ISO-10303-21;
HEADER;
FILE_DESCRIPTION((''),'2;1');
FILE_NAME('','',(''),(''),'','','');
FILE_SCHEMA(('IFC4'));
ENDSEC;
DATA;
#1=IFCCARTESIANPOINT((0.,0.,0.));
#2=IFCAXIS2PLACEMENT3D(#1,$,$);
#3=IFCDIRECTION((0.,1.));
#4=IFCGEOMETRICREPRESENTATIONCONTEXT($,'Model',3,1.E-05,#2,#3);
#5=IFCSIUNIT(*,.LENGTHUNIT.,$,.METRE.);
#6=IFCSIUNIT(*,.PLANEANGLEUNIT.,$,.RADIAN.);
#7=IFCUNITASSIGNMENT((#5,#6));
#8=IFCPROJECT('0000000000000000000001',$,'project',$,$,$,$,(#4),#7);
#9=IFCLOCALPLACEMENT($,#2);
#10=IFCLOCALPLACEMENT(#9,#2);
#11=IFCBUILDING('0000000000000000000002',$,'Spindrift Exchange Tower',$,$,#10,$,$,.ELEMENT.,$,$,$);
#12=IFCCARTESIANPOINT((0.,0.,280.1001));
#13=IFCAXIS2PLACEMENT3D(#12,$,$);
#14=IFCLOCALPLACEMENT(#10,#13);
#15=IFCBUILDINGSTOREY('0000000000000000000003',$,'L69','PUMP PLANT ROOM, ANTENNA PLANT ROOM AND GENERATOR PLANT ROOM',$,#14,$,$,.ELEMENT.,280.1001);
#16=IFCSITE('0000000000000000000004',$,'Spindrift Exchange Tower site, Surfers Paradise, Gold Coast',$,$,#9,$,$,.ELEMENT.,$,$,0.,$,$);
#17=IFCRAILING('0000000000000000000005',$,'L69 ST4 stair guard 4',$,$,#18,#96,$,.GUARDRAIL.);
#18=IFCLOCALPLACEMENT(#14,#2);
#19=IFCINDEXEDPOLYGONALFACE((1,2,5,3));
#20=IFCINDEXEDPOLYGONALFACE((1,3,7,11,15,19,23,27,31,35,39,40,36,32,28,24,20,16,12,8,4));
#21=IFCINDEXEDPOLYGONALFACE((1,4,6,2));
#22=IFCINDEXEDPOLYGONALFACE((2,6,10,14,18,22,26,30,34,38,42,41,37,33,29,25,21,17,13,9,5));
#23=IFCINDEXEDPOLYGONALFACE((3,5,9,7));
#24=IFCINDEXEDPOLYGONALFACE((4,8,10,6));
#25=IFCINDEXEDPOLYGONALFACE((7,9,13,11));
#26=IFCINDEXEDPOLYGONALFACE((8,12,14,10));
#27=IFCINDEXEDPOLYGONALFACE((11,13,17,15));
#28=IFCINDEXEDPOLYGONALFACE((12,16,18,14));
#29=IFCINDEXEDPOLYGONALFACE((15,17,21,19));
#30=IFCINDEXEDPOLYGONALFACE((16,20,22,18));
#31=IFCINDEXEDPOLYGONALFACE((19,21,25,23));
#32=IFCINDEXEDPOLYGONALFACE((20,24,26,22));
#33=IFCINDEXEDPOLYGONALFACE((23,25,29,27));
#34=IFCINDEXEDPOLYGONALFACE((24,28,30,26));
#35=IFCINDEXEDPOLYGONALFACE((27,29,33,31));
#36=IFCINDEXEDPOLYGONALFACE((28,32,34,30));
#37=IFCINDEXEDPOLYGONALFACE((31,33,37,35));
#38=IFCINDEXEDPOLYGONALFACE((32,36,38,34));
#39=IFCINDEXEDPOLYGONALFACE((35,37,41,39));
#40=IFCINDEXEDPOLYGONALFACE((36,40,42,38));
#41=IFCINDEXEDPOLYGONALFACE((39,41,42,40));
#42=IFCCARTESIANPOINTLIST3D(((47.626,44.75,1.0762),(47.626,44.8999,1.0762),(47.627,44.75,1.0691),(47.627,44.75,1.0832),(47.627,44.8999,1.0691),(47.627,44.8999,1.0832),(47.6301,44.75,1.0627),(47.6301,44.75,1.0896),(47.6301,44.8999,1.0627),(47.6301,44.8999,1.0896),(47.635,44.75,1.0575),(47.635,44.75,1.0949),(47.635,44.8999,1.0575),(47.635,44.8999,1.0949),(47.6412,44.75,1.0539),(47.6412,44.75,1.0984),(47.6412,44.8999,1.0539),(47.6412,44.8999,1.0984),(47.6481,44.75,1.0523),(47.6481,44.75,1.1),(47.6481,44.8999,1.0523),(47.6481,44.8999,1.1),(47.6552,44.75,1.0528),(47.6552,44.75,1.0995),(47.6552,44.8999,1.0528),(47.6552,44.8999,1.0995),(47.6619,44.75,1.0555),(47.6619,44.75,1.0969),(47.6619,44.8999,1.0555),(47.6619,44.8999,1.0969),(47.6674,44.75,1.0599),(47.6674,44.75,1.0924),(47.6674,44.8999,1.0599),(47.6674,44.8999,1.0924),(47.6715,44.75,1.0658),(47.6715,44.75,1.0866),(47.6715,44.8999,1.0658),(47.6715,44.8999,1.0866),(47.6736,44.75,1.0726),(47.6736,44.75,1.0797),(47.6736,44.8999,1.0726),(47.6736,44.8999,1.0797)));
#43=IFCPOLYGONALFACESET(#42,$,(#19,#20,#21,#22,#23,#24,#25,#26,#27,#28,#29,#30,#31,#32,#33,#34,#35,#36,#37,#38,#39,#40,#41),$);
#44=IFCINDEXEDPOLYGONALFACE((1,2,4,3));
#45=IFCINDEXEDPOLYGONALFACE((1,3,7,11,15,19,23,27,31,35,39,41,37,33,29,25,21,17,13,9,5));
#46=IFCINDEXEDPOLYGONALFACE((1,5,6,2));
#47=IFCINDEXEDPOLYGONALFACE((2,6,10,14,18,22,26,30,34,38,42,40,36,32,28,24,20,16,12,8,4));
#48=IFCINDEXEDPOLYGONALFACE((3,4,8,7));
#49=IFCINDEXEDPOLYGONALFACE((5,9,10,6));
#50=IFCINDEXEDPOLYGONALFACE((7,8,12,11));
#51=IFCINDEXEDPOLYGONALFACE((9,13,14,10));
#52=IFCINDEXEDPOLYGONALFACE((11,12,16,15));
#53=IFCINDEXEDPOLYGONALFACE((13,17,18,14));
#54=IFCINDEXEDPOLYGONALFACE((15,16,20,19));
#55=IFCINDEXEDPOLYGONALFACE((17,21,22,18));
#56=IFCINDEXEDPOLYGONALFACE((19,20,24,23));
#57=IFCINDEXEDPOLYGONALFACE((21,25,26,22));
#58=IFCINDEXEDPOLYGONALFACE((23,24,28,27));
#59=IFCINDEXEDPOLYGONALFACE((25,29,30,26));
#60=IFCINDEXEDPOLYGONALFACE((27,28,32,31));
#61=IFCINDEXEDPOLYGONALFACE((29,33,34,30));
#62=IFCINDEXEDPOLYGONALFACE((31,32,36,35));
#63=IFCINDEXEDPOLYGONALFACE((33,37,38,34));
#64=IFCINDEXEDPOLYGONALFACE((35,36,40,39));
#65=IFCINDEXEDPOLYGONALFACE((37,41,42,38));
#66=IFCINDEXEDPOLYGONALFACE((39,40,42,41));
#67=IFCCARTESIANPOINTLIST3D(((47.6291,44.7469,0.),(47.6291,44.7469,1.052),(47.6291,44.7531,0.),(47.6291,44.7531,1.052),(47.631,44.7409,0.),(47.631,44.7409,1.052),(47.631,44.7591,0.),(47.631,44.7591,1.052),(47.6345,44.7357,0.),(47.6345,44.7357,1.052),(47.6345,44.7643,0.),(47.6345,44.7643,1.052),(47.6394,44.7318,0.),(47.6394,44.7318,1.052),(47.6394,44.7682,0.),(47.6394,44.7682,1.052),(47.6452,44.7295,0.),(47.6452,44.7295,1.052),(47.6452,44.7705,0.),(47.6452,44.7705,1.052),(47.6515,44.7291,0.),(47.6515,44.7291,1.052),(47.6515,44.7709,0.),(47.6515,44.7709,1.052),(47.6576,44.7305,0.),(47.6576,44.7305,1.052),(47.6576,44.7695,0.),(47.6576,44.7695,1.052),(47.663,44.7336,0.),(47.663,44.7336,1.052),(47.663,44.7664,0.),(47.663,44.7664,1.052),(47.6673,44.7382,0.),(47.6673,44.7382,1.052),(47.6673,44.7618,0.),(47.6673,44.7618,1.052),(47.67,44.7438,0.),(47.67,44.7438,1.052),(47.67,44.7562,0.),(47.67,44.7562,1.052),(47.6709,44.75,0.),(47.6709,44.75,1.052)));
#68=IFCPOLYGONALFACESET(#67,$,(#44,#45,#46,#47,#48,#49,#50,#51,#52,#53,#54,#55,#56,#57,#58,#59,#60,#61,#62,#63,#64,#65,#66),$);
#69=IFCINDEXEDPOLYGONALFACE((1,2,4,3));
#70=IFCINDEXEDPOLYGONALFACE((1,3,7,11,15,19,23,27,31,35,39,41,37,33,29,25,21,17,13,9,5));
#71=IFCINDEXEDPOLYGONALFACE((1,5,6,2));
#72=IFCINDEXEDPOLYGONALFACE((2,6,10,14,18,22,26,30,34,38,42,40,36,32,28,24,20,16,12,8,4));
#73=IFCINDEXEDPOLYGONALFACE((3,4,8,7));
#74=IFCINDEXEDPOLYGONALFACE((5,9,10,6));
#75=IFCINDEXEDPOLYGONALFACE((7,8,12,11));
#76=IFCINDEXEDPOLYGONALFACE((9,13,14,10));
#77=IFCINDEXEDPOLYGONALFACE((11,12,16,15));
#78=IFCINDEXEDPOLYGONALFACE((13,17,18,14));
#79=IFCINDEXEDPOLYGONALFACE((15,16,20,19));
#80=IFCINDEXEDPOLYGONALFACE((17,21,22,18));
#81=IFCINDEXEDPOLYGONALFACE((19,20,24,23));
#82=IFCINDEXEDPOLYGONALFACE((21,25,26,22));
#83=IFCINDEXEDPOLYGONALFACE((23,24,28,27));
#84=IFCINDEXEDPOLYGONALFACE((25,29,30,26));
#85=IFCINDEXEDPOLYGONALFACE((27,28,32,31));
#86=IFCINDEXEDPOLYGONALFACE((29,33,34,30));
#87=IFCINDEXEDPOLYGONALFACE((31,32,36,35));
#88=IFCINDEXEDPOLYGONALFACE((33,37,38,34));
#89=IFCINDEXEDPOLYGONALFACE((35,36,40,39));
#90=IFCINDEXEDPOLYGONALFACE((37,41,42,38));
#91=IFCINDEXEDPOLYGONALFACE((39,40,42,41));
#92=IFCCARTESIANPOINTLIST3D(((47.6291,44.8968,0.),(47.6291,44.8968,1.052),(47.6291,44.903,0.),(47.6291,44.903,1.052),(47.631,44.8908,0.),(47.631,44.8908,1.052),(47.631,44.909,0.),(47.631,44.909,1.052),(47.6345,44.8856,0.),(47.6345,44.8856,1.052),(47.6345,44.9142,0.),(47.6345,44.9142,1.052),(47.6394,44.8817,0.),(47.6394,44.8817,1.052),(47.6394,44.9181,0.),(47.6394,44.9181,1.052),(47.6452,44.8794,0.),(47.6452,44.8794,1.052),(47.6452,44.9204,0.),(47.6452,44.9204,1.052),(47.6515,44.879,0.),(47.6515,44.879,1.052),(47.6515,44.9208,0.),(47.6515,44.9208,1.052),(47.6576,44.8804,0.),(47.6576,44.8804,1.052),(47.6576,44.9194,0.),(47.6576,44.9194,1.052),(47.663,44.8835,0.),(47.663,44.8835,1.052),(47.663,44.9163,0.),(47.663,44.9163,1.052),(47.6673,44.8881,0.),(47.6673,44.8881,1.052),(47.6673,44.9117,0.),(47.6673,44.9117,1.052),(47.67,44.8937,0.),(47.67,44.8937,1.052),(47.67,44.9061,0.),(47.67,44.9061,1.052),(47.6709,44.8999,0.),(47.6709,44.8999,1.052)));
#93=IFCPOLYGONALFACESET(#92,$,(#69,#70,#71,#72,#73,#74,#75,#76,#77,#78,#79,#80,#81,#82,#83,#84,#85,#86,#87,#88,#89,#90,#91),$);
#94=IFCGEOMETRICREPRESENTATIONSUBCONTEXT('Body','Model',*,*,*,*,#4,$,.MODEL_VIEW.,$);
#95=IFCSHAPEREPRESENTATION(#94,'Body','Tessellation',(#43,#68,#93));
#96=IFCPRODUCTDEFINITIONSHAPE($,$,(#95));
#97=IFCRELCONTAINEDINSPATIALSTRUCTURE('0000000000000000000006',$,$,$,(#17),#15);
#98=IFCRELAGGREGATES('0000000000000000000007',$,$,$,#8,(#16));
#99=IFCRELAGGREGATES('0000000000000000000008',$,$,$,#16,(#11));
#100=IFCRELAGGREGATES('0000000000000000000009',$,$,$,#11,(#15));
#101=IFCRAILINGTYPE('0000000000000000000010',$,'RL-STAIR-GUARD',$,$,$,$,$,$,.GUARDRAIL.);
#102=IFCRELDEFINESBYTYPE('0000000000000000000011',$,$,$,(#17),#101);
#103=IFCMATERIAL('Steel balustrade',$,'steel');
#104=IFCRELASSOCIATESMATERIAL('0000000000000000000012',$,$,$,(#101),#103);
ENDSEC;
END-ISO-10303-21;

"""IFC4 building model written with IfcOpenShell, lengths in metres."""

from ifc_helpers import new_model, si_unit, direction, frame, origin, origin_2d, place, context, subcontext, project, spatial, circle, extrude, material, type_object, element, save


model = new_model("IFC4")

# Units and contexts
model_context = context("Model", 3, precision=1e-05, world=origin(), true_north=direction((0.0, 1.0)))
body_context = subcontext(model_context, "Body", "Model", "MODEL_VIEW")
ifc_project = project(units=[si_unit("LENGTHUNIT", "METRE"), si_unit("PLANEANGLEUNIT", "RADIAN")], contexts=[model_context])

# Site, building, storey
site_placement = place(None, origin())
site = spatial("IfcSite", under=ifc_project, at=site_placement, Name="Spindrift Exchange Tower site, Surfers Paradise, Gold Coast", CompositionType="ELEMENT", RefElevation=0.0)
building_placement = place(site_placement, origin())
building = spatial("IfcBuilding", under=site, at=building_placement, Name="Spindrift Exchange Tower", CompositionType="ELEMENT")
storey_placement = place(building_placement, frame((0.0, 0.0, 280.1001)))
storey = spatial("IfcBuildingStorey", under=building, at=storey_placement, Name="L69", Description="PUMP PLANT ROOM, ANTENNA PLANT ROOM AND GENERATOR PLANT ROOM", CompositionType="ELEMENT", Elevation=280.1001)

# Railing
ifc_material_1 = material(Name="Steel balustrade", Category="steel")
railing_type_1 = type_object("IfcRailingType", Name="RL-STAIR-GUARD", PredefinedType="GUARDRAIL", material=ifc_material_1)
railing_1_placement = place(storey_placement, frame((47.6499, 44.75, 0.0)))
element("IfcRailing", 1, at=railing_1_placement, inside=storey, type_object=railing_type_1, Name="L69 ST4 stair guard 4", PredefinedType="GUARDRAIL", context=body_context, shape_type="SweptSolid", body=[
    extrude(circle(Radius=0.0239, at=origin_2d()), frame((0.0, 0.0, 1.0762), z_axis=(0.0, 1.0, 0.0), x_axis=(-1.0, 0.0, 0.0)), (0.0, 0.0, 1.0), 0.1499),
    extrude(circle(Radius=0.021, at=origin_2d()), origin(), (0.0, 0.0, 1.0), 1.052),
    extrude(circle(Radius=0.021, at=origin_2d()), frame((0.0, 0.1499, 0.0)), (0.0, 0.0, 1.0), 1.052),
])

save(model, "model.ifc")
